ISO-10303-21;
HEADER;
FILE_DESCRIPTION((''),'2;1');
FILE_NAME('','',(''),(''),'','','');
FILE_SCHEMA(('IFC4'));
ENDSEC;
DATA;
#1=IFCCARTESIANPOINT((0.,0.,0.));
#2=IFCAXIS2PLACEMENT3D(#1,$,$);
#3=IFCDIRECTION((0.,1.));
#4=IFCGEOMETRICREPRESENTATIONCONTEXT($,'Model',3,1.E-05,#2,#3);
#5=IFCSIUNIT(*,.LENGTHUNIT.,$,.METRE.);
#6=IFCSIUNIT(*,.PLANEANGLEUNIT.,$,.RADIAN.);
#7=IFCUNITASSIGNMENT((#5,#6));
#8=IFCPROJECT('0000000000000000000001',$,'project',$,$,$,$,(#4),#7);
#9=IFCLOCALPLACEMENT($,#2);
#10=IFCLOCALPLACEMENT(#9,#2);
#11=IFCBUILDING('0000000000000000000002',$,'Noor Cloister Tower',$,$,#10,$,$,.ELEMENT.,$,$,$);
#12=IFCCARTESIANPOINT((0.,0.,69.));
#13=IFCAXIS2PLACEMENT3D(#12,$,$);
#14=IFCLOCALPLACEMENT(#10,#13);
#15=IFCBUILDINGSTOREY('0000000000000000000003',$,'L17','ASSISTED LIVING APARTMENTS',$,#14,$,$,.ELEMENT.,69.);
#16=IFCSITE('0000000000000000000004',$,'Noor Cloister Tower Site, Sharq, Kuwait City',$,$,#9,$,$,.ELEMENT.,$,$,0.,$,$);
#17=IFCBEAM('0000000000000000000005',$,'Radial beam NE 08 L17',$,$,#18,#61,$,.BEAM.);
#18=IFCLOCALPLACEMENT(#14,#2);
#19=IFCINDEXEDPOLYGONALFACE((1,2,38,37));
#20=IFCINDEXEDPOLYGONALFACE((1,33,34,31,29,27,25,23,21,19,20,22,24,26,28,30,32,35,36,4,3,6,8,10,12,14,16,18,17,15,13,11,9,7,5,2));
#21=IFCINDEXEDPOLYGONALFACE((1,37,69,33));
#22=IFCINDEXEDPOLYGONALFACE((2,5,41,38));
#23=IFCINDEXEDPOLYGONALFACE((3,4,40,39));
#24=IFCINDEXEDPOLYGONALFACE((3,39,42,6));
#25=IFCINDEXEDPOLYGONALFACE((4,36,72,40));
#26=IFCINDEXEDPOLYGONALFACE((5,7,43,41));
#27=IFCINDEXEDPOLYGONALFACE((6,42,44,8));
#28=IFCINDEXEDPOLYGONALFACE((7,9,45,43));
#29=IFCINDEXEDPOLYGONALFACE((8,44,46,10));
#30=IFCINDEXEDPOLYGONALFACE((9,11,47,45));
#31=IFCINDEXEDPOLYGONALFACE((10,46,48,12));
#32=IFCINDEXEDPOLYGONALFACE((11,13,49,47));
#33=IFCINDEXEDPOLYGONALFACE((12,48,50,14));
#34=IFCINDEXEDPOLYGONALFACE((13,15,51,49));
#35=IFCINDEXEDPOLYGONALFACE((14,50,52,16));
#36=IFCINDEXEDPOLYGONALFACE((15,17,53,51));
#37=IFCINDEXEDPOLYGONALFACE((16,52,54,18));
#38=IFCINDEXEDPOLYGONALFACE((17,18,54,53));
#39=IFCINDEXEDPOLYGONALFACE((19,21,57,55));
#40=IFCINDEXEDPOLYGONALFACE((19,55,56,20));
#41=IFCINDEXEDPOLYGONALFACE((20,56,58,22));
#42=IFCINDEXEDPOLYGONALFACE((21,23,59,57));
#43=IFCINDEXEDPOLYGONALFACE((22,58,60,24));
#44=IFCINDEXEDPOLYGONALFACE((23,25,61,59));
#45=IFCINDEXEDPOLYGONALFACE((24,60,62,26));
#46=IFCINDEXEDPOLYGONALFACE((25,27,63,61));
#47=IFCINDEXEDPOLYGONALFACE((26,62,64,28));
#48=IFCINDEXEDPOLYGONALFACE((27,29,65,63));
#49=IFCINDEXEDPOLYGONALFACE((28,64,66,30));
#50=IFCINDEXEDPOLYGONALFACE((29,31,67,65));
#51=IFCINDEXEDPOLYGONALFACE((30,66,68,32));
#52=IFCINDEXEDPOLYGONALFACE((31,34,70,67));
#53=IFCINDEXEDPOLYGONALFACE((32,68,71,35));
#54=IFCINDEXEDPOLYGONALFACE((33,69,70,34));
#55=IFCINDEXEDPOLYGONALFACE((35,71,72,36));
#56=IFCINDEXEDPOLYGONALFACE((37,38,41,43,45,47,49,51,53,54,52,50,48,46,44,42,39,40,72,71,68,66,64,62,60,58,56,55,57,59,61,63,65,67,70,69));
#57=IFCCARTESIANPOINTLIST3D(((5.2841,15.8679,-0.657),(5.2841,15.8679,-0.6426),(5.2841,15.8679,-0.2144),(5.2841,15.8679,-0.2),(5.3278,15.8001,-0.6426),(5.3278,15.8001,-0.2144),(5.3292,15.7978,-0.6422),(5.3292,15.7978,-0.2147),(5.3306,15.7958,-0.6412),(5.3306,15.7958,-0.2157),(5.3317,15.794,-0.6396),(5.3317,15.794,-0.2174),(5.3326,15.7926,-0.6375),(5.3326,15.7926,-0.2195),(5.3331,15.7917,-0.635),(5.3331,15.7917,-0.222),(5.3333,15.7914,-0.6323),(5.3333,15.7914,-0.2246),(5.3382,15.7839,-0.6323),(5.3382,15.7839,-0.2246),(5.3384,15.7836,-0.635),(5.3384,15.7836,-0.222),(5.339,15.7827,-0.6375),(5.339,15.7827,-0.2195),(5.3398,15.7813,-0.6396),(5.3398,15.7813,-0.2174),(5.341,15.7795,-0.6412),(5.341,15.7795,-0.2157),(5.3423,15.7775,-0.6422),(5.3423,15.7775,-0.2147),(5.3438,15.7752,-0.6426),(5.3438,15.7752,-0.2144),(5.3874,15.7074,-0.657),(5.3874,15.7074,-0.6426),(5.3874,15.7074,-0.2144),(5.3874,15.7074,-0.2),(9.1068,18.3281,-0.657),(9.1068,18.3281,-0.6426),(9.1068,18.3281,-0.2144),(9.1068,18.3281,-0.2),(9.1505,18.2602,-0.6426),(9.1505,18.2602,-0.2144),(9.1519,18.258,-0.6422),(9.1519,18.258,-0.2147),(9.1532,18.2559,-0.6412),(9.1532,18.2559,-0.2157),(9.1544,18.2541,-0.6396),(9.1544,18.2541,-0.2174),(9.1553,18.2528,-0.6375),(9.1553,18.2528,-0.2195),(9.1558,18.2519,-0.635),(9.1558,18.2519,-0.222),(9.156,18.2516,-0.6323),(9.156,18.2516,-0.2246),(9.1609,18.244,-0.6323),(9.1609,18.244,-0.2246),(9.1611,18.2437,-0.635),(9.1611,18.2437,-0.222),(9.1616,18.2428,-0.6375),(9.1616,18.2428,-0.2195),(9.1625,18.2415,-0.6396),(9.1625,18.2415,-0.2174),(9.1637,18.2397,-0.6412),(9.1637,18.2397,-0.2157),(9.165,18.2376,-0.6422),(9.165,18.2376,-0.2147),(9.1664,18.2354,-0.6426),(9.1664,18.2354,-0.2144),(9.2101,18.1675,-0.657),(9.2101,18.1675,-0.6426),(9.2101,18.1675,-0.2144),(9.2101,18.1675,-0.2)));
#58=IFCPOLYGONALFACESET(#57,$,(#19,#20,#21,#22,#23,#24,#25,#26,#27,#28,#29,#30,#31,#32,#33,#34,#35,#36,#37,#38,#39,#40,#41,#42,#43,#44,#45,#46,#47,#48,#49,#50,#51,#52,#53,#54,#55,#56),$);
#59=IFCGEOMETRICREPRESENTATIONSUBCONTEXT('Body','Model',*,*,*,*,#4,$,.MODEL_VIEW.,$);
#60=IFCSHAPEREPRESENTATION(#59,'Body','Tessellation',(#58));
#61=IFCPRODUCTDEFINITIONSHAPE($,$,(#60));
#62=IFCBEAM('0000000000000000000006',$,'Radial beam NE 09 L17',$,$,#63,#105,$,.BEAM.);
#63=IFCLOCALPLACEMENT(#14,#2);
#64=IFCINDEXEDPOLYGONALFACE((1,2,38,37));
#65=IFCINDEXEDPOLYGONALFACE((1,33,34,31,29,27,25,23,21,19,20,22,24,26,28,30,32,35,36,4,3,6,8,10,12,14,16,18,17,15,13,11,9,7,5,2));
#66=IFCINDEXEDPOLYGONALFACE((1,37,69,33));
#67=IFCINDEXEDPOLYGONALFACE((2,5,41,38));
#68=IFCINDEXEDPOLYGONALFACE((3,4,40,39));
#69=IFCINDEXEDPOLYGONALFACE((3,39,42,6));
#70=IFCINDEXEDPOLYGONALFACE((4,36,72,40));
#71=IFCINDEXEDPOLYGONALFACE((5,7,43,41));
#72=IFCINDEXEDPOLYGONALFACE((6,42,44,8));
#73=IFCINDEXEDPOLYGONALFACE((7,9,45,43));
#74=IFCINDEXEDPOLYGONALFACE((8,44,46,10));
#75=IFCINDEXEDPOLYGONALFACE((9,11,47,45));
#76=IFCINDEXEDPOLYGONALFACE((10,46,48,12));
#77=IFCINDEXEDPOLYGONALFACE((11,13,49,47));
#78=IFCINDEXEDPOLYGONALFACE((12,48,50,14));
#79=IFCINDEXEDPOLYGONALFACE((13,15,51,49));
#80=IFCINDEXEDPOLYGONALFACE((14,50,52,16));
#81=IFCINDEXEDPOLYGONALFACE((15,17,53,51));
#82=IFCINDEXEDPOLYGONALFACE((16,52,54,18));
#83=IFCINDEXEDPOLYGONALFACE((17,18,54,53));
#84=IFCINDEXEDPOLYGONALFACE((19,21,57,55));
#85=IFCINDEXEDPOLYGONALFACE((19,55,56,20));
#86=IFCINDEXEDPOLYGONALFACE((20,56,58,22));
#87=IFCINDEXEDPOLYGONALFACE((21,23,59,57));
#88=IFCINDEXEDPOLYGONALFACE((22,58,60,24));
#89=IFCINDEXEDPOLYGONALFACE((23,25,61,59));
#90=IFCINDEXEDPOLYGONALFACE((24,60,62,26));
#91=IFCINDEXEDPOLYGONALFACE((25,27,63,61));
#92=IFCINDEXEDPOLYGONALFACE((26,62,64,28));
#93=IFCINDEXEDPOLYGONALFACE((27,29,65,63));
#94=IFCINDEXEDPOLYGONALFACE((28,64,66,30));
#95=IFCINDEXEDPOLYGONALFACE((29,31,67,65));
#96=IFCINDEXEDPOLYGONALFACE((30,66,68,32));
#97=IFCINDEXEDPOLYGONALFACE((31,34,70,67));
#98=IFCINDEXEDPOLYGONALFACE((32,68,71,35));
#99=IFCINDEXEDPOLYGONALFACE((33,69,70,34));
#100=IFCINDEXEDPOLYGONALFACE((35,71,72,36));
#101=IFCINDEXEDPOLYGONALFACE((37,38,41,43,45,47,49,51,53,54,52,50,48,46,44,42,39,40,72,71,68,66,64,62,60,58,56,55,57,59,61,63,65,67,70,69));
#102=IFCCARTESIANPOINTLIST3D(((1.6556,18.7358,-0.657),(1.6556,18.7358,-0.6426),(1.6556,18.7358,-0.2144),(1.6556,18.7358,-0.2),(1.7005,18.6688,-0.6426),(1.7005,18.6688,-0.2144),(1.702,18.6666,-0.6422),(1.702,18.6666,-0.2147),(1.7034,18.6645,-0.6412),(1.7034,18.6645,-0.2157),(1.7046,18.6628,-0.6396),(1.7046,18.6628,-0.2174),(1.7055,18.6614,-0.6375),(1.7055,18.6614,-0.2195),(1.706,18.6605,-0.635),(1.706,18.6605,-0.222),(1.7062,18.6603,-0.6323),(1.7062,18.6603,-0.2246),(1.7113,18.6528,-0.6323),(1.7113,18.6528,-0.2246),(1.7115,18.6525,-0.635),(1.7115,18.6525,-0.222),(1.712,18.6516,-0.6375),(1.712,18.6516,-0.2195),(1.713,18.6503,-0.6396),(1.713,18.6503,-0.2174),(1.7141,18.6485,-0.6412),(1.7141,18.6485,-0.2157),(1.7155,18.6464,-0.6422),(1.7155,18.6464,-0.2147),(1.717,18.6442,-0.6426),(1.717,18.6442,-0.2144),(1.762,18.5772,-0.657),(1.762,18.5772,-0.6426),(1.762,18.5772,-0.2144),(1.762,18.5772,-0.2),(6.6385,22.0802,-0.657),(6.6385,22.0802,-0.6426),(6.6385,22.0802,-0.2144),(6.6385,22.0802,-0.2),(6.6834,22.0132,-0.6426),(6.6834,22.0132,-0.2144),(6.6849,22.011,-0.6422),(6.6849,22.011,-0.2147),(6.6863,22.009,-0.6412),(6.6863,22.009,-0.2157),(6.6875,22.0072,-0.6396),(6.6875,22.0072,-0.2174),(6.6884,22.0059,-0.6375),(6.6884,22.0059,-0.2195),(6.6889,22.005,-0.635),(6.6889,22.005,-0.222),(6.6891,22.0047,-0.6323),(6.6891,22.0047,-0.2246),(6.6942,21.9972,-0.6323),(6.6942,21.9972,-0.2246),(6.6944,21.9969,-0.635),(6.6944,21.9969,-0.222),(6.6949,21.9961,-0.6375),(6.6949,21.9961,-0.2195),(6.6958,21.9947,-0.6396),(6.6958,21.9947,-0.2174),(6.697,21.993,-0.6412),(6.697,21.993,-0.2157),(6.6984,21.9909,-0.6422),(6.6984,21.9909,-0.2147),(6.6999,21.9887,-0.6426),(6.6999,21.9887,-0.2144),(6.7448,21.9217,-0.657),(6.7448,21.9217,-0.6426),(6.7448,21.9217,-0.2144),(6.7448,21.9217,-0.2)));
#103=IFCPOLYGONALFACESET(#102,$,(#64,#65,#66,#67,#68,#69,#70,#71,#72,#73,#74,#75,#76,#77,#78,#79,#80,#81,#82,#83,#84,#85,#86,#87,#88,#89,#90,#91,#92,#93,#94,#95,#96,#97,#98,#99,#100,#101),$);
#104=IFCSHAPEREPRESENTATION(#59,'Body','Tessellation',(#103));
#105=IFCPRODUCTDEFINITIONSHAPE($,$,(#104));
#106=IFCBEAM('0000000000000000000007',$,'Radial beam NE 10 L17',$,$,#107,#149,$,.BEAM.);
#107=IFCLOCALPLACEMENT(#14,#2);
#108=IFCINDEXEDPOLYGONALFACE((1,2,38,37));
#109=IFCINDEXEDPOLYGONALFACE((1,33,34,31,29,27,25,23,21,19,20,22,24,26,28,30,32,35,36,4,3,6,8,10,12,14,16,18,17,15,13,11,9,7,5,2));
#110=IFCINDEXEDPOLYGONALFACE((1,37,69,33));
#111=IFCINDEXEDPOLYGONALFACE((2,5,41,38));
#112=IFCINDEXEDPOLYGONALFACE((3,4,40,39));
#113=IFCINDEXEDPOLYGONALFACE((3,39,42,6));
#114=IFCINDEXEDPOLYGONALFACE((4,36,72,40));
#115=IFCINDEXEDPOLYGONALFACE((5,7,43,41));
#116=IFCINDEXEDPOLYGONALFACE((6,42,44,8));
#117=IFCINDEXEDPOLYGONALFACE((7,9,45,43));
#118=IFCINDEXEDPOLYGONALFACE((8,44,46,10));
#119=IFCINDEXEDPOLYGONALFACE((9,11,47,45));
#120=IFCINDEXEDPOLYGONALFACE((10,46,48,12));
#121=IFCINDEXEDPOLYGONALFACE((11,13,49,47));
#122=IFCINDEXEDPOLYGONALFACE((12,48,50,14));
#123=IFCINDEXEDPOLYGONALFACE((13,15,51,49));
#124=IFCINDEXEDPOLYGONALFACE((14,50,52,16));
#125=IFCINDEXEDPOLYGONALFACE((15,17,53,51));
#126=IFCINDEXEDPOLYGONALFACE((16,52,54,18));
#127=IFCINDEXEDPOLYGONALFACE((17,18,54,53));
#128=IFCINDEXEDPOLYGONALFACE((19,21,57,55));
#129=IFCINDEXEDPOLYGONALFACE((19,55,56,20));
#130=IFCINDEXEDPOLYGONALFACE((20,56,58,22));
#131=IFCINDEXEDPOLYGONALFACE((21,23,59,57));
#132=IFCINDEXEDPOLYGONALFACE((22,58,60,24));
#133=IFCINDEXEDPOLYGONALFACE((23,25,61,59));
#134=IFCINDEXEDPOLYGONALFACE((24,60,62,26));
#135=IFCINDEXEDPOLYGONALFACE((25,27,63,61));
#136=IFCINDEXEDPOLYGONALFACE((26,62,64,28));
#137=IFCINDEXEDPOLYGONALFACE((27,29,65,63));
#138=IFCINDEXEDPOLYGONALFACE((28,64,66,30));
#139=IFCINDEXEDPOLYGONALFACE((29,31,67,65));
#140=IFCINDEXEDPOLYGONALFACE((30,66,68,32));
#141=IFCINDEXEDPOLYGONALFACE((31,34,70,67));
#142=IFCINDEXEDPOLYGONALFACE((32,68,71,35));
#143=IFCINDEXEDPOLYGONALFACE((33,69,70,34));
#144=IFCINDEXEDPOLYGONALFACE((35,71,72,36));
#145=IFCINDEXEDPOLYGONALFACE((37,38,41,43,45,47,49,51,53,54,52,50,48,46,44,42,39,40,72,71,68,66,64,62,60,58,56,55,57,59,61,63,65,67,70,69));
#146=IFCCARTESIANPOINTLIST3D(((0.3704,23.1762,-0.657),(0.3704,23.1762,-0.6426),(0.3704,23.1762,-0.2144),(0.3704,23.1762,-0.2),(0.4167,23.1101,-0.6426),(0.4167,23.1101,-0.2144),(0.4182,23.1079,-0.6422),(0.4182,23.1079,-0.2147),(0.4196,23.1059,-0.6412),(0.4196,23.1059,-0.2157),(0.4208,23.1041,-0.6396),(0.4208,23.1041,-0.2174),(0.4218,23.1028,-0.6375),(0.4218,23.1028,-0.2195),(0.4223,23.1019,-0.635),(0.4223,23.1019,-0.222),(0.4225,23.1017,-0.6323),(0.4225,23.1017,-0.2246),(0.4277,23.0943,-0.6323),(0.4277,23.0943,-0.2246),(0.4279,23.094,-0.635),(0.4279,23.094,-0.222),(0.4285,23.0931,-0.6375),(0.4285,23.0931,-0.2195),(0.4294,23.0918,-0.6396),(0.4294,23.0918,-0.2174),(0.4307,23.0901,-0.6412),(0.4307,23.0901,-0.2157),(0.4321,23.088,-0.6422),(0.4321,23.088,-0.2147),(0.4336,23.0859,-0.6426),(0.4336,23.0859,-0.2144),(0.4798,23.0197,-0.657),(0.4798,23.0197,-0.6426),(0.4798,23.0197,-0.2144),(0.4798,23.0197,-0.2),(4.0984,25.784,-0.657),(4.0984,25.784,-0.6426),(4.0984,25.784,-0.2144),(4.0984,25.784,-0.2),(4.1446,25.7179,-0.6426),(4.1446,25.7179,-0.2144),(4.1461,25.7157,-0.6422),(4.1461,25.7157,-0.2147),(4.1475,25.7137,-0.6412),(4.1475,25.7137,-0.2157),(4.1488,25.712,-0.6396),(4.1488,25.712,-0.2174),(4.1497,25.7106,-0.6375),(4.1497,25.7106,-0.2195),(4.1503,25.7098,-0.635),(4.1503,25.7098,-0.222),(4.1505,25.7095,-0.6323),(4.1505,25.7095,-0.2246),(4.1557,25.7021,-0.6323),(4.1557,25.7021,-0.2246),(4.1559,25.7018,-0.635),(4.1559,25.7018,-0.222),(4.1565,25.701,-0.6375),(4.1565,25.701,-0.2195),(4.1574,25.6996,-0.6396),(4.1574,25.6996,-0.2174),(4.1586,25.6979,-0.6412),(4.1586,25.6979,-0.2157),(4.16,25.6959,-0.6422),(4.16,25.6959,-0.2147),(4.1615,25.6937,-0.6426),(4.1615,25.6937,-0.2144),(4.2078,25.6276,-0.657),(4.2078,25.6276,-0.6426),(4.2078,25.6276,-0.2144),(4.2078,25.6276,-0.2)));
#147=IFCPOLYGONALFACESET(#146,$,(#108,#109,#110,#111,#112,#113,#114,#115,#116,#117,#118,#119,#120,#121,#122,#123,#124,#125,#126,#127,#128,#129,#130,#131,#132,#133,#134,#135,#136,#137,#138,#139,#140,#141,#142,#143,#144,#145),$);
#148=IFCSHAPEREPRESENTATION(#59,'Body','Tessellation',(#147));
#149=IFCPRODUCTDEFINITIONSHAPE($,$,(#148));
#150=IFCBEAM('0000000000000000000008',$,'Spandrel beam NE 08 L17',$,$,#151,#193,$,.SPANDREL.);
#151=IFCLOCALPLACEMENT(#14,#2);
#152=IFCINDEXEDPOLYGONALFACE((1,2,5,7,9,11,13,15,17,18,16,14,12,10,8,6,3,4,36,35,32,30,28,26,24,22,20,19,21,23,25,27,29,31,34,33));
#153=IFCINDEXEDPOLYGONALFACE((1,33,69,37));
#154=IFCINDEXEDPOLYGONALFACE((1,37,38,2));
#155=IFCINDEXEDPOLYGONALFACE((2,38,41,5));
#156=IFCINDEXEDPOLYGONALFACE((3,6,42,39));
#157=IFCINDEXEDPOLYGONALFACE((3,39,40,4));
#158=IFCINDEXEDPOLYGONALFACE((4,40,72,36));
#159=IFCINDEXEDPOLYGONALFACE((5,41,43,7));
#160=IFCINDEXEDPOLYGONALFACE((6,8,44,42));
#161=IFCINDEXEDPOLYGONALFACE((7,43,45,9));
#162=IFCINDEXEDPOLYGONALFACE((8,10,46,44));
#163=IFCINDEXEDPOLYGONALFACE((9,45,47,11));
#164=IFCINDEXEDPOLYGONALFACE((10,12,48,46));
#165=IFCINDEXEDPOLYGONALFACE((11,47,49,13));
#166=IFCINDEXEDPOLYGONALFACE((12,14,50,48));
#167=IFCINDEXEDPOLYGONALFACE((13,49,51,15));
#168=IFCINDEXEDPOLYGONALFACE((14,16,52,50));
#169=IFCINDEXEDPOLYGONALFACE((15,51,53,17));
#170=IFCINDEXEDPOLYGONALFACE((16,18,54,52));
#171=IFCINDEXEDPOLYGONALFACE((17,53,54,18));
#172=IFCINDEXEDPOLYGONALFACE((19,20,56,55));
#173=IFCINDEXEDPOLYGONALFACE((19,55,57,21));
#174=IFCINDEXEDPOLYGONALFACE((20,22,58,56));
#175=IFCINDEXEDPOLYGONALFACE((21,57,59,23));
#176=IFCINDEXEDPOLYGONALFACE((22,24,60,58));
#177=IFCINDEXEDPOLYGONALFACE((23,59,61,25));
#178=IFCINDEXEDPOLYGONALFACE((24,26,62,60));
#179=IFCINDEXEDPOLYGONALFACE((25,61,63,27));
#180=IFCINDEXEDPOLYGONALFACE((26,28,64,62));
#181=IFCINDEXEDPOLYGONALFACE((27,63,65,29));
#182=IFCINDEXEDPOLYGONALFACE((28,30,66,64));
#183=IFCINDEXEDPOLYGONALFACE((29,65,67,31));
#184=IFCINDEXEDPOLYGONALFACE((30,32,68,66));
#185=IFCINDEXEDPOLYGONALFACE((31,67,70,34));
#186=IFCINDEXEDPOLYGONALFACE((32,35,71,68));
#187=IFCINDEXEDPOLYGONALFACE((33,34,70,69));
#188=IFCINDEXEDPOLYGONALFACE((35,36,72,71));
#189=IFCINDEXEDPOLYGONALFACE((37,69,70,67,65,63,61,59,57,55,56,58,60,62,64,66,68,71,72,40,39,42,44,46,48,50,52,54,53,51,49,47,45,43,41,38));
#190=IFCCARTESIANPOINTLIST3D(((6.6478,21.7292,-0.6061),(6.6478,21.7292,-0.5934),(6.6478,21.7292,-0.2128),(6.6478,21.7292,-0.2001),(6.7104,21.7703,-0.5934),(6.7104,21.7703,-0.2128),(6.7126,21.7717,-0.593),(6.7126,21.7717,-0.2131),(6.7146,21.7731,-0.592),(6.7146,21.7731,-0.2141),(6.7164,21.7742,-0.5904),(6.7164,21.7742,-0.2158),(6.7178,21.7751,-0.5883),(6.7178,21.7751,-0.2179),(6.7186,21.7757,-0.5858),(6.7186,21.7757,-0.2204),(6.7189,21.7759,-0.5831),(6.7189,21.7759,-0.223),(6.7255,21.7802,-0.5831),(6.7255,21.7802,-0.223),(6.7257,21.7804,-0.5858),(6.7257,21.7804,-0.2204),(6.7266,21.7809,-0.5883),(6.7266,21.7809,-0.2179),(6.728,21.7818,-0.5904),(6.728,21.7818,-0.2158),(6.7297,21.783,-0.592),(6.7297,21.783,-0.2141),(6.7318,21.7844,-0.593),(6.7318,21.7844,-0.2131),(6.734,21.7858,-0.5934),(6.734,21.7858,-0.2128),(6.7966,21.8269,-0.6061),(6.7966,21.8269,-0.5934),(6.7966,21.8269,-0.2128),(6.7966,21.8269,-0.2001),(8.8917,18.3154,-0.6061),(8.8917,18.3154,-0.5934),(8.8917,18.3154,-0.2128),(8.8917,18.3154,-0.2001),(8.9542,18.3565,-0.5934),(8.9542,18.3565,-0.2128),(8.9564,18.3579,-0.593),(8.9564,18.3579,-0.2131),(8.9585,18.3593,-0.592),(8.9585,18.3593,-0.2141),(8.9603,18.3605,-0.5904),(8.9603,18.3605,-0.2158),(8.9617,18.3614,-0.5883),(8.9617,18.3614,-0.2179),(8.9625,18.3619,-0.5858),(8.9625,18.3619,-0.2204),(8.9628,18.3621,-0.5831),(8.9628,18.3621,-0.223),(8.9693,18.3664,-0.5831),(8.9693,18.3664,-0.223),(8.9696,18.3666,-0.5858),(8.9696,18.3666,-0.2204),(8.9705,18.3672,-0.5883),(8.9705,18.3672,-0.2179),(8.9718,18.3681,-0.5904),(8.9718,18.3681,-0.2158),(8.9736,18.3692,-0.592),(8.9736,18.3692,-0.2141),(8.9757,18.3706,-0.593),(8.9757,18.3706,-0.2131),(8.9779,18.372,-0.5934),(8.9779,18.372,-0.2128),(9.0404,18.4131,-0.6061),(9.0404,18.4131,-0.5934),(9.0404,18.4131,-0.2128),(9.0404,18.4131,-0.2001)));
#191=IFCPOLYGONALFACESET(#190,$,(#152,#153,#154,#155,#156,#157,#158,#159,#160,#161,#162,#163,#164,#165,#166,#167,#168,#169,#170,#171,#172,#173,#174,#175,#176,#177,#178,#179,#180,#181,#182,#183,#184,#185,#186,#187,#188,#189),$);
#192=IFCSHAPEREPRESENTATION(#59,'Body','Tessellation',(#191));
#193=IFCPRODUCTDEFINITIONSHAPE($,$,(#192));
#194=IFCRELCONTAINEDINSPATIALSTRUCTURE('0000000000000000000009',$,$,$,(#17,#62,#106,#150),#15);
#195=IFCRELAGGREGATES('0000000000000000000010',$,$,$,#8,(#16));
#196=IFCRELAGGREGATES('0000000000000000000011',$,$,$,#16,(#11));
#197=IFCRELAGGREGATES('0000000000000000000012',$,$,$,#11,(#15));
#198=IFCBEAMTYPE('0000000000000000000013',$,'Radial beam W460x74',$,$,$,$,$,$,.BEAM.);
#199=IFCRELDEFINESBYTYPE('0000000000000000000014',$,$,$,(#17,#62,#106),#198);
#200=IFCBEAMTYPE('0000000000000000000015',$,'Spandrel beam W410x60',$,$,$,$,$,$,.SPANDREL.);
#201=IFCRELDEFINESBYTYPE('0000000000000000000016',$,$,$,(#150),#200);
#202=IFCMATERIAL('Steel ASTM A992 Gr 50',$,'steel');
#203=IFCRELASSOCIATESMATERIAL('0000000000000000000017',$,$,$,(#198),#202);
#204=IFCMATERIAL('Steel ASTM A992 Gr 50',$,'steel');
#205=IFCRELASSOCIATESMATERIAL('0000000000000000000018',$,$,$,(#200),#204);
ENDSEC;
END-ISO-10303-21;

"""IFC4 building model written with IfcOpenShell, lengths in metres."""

from ifc_helpers import new_model, si_unit, direction, frame, origin, origin_2d, place, context, subcontext, project, spatial, i_section, extrude, material, material_profile, profile_set, type_object, element, save


model = new_model("IFC4")

# Units and contexts
model_context = context("Model", 3, precision=1e-05, world=origin(), true_north=direction((0.0, 1.0)))
body_context = subcontext(model_context, "Body", "Model", "MODEL_VIEW")
ifc_project = project(units=[si_unit("LENGTHUNIT", "METRE"), si_unit("PLANEANGLEUNIT", "RADIAN")], contexts=[model_context])

# Site, building, storey
site_placement = place(None, origin())
site = spatial("IfcSite", under=ifc_project, at=site_placement, Name="Noor Cloister Tower Site, Sharq, Kuwait City", CompositionType="ELEMENT", RefElevation=0.0)
building_placement = place(site_placement, origin())
building = spatial("IfcBuilding", under=site, at=building_placement, Name="Noor Cloister Tower", CompositionType="ELEMENT")
storey_placement = place(building_placement, frame((0.0, 0.0, 69.0)))
storey = spatial("IfcBuildingStorey", under=building, at=storey_placement, Name="L17", Description="ASSISTED LIVING APARTMENTS", CompositionType="ELEMENT", Elevation=69.0)

# Beams
ifc_material_1 = material(Name="Steel ASTM A992 Gr 50", Category="steel")
ifc_material_profile_1 = material_profile(ifc_material_1, i_section(OverallWidth=0.1909, OverallDepth=0.457, WebThickness=0.009, FlangeThickness=0.0144, FilletRadius=0.0103, at=origin_2d()), Name="W460x74")
ifc_profile_set_1 = profile_set([ifc_material_profile_1], Name="Steel ASTM A992 Gr 50")
beam_type_1 = type_object("IfcBeamType", Name="Radial beam W460x74", PredefinedType="BEAM", material=ifc_profile_set_1)
beam_1_placement = place(storey_placement, frame((9.1584, 18.2478, -0.4285), z_axis=(-0.840906, -0.541181, 0.0), x_axis=(0.541181, -0.840906, 0.0)))
element("IfcBeam", 1, at=beam_1_placement, inside=storey, type_object=beam_type_1, Name="Radial beam NE 08 L17", PredefinedType="BEAM", context=body_context, shape_type="SweptSolid", body=[
    extrude(i_section(OverallWidth=0.1909, OverallDepth=0.457, WebThickness=0.009, FlangeThickness=0.0144, FilletRadius=0.0103, at=origin_2d()), origin(), (0.0, 0.0, 1.0), 4.5459),
])
beam_2_placement = place(storey_placement, frame((6.6917, 22.001, -0.4285), z_axis=(-0.830313, -0.557298, 0.0), x_axis=(0.557298, -0.830313, 0.0)))
element("IfcBeam", 2, at=beam_2_placement, inside=storey, type_object=beam_type_1, Name="Radial beam NE 09 L17", PredefinedType="BEAM", context=body_context, shape_type="SweptSolid", body=[
    extrude(i_section(OverallWidth=0.1909, OverallDepth=0.457, WebThickness=0.009, FlangeThickness=0.0144, FilletRadius=0.0103, at=origin_2d()), origin(), (0.0, 0.0, 1.0), 6.0012),
])
beam_3_placement = place(storey_placement, frame((4.1531, 25.7058, -0.4285), z_axis=(-0.819408, -0.57321, 0.0), x_axis=(0.57321, -0.819408, 0.0)))
element("IfcBeam", 3, at=beam_3_placement, inside=storey, type_object=beam_type_1, Name="Radial beam NE 10 L17", PredefinedType="BEAM", context=body_context, shape_type="SweptSolid", body=[
    extrude(i_section(OverallWidth=0.1909, OverallDepth=0.457, WebThickness=0.009, FlangeThickness=0.0144, FilletRadius=0.0103, at=origin_2d()), origin(), (0.0, 0.0, 1.0), 4.5496),
])
ifc_material_2 = material(Name="Steel ASTM A992 Gr 50", Category="steel")
ifc_material_profile_2 = material_profile(ifc_material_2, i_section(OverallWidth=0.178, OverallDepth=0.406, WebThickness=0.0078, FlangeThickness=0.0127, FilletRadius=0.0103, at=origin_2d()), Name="W410x60")
ifc_profile_set_2 = profile_set([ifc_material_profile_2], Name="Steel ASTM A992 Gr 50")
beam_type_2 = type_object("IfcBeamType", Name="Spandrel beam W410x60", PredefinedType="SPANDREL", material=ifc_profile_set_2)
for number, where, z_axis, x_axis, name in (
    (4, (8.9661, 18.3643, -0.4031), (-0.549269, 0.835646, 0.0), (-0.835646, -0.549269, 0.0), "Spandrel beam NE 08 L17"),
):
    element("IfcBeam", number, at=place(storey_placement, frame(where, z_axis=z_axis, x_axis=x_axis)), inside=storey, type_object=beam_type_2, Name=name, PredefinedType="SPANDREL", context=body_context, shape_type="SweptSolid", body=[
        extrude(i_section(OverallWidth=0.178, OverallDepth=0.406, WebThickness=0.0078, FlangeThickness=0.0127, FilletRadius=0.0103, at=origin_2d()), origin(), (0.0, 0.0, 1.0), 4.0852),
    ])

save(model, "model.ifc")
